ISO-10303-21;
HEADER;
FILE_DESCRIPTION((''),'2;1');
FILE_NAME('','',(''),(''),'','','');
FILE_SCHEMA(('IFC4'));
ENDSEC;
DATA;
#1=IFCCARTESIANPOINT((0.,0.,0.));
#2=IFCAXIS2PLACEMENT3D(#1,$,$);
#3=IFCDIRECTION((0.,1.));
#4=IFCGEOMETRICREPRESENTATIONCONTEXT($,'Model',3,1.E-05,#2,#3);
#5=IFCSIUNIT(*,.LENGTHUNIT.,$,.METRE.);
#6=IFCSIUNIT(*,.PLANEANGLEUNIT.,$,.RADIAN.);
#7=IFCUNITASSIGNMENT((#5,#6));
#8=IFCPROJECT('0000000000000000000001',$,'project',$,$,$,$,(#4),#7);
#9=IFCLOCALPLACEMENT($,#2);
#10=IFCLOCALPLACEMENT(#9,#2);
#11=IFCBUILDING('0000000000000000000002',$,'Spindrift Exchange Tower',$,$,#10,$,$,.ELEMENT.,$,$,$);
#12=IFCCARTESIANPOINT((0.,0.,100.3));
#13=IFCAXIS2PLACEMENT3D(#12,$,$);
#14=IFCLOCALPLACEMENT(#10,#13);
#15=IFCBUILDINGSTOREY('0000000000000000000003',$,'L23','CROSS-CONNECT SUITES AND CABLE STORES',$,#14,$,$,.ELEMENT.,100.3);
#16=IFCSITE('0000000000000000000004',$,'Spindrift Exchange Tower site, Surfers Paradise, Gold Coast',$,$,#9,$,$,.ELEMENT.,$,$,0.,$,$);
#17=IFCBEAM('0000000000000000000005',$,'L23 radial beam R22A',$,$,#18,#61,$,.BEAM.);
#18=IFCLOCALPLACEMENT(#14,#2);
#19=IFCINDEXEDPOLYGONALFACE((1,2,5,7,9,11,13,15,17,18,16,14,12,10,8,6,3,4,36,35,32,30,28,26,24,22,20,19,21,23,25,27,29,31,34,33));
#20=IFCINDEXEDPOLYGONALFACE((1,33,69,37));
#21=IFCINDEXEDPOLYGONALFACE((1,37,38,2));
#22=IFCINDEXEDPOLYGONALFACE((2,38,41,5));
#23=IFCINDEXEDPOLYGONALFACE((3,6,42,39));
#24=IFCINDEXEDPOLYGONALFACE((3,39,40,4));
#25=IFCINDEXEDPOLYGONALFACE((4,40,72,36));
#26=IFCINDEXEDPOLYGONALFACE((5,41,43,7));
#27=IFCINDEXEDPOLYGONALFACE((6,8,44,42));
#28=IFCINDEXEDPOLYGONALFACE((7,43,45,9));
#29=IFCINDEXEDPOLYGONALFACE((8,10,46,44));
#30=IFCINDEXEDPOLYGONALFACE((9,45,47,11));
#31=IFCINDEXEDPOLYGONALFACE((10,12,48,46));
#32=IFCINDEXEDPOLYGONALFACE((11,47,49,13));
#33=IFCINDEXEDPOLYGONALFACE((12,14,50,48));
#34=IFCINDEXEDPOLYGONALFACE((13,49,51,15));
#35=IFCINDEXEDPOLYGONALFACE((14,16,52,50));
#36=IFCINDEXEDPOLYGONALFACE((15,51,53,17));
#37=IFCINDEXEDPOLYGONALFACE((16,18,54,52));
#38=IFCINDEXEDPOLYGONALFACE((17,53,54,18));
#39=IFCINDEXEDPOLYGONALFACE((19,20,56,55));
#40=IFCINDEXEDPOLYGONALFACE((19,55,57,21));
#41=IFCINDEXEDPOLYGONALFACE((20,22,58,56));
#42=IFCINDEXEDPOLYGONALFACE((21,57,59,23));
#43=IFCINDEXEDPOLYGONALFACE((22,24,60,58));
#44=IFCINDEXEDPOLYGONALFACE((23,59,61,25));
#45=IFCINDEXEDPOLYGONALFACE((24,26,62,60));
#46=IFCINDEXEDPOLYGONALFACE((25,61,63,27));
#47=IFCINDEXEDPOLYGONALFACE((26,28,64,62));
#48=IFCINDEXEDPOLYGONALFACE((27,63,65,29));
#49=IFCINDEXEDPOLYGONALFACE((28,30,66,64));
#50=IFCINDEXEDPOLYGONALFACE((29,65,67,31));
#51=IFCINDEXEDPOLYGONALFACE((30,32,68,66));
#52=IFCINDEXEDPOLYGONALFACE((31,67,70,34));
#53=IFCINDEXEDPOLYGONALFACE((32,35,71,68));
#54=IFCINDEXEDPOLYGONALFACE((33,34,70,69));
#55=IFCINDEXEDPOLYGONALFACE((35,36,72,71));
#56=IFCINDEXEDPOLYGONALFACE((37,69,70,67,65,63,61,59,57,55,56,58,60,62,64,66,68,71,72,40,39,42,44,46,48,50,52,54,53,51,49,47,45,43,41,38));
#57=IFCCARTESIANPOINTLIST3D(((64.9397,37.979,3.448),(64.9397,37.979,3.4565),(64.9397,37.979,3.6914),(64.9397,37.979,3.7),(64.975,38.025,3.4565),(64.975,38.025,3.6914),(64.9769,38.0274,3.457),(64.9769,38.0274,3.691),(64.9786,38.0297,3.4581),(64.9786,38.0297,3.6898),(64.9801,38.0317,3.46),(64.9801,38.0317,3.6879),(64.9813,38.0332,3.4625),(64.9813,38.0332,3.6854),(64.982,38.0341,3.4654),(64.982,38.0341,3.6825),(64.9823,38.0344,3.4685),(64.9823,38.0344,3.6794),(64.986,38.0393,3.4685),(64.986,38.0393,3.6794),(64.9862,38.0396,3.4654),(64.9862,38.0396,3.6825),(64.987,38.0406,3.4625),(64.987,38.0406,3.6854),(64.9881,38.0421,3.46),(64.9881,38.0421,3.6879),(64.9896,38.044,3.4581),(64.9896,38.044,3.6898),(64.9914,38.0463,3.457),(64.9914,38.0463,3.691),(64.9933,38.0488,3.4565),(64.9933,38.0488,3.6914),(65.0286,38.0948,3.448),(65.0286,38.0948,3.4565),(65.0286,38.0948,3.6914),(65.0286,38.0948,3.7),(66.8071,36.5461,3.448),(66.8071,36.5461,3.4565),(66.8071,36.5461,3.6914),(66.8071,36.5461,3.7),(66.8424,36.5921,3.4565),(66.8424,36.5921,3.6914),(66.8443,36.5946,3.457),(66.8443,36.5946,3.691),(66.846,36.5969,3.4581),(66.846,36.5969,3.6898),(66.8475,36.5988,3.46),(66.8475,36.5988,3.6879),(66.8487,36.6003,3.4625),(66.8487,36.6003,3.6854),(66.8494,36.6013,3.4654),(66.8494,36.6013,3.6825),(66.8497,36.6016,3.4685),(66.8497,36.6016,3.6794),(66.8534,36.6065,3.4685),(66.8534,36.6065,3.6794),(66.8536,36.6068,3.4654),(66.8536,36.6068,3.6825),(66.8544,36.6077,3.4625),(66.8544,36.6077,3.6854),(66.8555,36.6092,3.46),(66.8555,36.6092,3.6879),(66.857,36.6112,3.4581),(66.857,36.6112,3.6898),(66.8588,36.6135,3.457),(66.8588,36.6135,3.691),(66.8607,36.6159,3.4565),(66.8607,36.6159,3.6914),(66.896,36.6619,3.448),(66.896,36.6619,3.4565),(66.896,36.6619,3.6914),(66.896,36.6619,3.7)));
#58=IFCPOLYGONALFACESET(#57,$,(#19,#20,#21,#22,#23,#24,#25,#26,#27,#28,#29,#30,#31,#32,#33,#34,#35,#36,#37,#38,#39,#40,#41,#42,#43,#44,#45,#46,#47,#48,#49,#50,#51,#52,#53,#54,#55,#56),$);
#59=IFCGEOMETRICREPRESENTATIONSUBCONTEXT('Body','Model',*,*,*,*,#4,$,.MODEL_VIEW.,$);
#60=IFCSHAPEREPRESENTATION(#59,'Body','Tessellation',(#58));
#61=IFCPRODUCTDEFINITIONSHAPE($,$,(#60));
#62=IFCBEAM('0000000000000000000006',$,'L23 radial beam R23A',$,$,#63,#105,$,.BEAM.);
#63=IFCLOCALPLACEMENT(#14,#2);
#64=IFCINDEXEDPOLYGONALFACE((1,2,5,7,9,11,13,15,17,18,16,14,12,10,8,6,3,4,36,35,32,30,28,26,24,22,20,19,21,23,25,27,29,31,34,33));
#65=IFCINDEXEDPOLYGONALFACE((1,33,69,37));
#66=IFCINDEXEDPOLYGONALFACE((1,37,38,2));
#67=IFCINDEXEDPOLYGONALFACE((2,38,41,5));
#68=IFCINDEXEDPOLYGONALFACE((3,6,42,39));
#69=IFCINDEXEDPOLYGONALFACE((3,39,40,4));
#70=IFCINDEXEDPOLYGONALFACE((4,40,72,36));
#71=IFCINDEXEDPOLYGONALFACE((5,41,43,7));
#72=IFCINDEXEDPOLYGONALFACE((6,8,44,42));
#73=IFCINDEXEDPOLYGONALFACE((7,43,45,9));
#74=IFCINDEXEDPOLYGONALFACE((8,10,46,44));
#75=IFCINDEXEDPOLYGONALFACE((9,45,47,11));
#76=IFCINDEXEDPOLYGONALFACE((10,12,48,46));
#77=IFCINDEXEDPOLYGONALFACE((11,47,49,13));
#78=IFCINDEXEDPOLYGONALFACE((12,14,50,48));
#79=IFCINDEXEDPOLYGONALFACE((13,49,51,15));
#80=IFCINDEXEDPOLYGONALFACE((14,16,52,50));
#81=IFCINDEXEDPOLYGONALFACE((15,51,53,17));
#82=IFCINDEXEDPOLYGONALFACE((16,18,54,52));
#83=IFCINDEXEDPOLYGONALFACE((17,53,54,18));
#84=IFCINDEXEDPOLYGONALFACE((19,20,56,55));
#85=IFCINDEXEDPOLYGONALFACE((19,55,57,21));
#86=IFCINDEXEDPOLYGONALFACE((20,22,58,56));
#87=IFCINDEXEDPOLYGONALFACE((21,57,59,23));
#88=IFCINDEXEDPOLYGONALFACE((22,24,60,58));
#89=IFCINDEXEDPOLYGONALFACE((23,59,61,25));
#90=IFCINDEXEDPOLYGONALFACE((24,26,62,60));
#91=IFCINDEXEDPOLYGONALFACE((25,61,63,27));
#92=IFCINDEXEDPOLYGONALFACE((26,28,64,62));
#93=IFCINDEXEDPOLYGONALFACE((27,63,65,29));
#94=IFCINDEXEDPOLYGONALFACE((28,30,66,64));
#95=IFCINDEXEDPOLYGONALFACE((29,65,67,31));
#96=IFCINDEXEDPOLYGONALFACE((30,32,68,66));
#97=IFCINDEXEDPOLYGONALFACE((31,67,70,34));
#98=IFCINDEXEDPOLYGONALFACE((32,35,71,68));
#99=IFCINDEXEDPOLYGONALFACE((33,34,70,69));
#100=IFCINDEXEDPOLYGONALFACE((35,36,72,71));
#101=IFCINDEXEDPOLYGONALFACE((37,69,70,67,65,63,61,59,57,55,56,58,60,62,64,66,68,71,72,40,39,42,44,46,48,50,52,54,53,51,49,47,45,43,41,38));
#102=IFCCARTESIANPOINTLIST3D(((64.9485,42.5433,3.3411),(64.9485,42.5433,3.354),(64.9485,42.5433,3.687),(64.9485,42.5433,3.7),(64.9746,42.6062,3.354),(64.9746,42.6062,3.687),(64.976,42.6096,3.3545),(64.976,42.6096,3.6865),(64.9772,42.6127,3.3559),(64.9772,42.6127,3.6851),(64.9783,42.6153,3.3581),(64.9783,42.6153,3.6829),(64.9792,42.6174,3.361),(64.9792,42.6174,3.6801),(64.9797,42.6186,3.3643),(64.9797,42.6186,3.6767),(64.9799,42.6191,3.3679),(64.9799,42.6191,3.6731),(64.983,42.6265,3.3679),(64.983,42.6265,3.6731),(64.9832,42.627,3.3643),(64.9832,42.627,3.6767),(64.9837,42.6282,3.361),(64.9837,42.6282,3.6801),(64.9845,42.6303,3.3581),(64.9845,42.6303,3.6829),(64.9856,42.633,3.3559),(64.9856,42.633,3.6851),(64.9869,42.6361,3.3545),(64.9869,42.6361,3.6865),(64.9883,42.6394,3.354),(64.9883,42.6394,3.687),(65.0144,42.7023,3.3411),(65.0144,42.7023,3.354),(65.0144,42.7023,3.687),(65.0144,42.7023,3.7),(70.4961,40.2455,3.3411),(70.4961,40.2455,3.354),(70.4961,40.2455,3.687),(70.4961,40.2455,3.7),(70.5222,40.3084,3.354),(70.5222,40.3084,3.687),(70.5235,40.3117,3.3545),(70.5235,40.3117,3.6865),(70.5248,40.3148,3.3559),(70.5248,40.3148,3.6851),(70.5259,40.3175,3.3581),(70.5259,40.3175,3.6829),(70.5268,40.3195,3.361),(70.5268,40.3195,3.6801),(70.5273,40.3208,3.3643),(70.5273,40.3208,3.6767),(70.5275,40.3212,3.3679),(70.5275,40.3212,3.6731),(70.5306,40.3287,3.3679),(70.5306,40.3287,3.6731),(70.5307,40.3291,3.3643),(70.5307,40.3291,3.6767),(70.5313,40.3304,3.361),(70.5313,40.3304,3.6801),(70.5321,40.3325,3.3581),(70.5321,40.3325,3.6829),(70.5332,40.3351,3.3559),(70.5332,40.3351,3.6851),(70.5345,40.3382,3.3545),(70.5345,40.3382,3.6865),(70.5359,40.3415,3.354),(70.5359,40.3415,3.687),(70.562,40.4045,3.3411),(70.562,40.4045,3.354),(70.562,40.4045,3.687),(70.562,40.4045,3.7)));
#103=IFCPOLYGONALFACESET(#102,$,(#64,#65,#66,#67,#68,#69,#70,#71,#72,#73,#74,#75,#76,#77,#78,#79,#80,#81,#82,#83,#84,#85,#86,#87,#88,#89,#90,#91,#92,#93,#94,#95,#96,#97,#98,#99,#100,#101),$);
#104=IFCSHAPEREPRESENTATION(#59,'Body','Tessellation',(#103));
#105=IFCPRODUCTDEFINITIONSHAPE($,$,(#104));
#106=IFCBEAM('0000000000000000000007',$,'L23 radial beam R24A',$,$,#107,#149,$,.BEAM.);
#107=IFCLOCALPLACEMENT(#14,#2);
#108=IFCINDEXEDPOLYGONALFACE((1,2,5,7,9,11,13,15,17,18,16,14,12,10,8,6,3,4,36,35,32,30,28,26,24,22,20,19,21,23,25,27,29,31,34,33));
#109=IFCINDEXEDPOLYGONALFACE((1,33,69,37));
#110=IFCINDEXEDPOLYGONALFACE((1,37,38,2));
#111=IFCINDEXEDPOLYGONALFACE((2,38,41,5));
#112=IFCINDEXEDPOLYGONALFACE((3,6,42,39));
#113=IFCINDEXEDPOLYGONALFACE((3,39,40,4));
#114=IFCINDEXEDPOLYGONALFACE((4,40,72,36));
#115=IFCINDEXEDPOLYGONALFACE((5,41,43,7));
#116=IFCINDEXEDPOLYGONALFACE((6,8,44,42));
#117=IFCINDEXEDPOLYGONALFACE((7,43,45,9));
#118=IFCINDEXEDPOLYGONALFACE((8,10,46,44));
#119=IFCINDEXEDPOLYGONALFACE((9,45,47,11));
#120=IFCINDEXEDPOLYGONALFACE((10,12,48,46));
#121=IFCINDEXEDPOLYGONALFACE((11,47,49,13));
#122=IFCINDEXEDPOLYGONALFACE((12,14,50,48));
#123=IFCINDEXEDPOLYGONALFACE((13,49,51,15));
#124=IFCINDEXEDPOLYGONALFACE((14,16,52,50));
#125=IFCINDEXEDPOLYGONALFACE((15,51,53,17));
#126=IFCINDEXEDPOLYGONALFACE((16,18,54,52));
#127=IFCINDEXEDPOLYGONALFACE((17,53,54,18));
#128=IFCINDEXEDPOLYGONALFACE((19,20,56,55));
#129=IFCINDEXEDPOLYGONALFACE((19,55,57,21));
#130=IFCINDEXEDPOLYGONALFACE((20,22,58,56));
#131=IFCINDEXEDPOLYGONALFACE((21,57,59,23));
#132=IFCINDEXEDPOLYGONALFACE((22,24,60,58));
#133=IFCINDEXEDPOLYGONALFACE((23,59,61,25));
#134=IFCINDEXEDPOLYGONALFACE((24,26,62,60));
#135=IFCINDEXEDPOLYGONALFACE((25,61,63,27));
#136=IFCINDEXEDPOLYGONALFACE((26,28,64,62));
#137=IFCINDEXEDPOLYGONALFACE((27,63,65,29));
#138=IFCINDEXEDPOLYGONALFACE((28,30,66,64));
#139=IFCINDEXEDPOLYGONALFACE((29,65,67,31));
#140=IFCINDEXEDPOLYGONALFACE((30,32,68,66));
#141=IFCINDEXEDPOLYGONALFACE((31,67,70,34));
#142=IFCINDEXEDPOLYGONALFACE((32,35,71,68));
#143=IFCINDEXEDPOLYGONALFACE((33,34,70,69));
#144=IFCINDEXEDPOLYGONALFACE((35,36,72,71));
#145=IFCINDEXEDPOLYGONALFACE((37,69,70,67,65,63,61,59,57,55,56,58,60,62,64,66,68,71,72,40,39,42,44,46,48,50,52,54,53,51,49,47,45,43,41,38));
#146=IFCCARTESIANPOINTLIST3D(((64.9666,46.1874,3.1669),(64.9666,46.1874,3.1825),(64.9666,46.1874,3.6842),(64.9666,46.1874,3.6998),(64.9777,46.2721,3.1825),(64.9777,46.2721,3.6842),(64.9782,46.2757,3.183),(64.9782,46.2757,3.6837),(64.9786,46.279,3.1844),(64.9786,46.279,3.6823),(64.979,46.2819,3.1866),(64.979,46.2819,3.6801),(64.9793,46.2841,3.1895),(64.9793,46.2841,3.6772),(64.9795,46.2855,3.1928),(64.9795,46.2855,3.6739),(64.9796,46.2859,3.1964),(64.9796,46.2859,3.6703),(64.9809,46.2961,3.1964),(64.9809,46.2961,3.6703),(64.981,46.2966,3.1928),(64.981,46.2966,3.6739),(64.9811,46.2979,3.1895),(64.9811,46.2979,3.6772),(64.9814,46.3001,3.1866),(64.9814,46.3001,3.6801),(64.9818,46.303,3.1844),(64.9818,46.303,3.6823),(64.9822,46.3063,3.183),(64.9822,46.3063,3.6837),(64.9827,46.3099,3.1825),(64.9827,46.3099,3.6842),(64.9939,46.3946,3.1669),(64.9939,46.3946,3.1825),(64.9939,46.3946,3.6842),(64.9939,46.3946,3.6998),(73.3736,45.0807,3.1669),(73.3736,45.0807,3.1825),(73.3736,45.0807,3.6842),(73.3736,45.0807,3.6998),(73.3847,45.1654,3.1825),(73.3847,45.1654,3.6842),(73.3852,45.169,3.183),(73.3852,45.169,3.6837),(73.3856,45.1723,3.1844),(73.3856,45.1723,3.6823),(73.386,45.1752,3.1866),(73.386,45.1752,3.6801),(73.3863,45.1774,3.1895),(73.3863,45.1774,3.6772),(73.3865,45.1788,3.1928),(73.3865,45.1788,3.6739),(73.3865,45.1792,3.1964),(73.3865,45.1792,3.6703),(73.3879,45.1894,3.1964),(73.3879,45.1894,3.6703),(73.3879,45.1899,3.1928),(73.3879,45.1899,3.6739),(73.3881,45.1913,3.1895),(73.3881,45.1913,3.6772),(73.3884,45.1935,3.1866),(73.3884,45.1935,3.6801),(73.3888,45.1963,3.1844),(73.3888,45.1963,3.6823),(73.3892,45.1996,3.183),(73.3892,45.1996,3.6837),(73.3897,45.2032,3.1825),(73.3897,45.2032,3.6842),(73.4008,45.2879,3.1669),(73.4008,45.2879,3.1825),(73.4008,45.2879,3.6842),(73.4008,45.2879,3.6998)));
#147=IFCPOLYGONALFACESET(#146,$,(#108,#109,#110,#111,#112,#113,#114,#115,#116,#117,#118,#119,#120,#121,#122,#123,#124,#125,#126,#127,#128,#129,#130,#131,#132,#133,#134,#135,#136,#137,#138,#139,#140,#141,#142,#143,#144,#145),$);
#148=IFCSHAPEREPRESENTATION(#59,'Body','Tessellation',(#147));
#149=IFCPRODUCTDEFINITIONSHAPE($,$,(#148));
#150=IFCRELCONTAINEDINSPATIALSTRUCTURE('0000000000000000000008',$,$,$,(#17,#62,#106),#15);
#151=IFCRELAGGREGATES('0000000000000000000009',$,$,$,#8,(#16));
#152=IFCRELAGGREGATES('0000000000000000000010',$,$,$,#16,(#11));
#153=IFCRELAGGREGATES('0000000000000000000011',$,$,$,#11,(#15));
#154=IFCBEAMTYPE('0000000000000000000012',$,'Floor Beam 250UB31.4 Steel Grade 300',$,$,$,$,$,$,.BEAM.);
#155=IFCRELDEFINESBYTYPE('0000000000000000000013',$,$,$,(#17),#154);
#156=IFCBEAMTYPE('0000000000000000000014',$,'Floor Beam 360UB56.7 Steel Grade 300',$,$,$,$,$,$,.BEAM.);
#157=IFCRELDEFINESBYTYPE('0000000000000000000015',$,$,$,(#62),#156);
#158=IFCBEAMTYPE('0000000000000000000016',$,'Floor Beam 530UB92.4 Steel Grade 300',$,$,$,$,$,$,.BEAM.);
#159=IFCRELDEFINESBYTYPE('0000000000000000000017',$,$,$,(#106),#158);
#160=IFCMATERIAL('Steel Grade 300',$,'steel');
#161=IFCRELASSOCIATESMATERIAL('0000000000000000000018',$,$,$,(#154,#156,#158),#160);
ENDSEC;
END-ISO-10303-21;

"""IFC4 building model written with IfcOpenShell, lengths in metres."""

from ifc_helpers import new_model, si_unit, direction, frame, origin, origin_2d, place, context, subcontext, project, spatial, i_section, extrude, source, transform, mapped, material, material_profile, profile_set, type_object, element, save


model = new_model("IFC4")

# Units and contexts
model_context = context("Model", 3, precision=1e-05, world=origin(), true_north=direction((0.0, 1.0)))
body_context = subcontext(model_context, "Body", "Model", "MODEL_VIEW")
ifc_project = project(units=[si_unit("LENGTHUNIT", "METRE"), si_unit("PLANEANGLEUNIT", "RADIAN")], contexts=[model_context])

# Site, building, storey
site_placement = place(None, origin())
site = spatial("IfcSite", under=ifc_project, at=site_placement, Name="Spindrift Exchange Tower site, Surfers Paradise, Gold Coast", CompositionType="ELEMENT", RefElevation=0.0)
building_placement = place(site_placement, origin())
building = spatial("IfcBuilding", under=site, at=building_placement, Name="Spindrift Exchange Tower", CompositionType="ELEMENT")
storey_placement = place(building_placement, frame((0.0, 0.0, 100.3)))
storey = spatial("IfcBuildingStorey", under=building, at=storey_placement, Name="L23", Description="CROSS-CONNECT SUITES AND CABLE STORES", CompositionType="ELEMENT", Elevation=100.3)

# Beams
ifc_material_1 = material(Name="Steel Grade 300", Category="steel")
ifc_material_profile_1 = material_profile(ifc_material_1, i_section(OverallWidth=0.146, OverallDepth=0.252, WebThickness=0.0061, FlangeThickness=0.0085, FilletRadius=0.012, at=origin_2d()), Name="250UB31.4")
ifc_profile_set_1 = profile_set([ifc_material_profile_1], Name="Steel Grade 300")
beam_type_1 = type_object("IfcBeamType", Name="Floor Beam 250UB31.4 Steel Grade 300", PredefinedType="BEAM", material=ifc_profile_set_1)
shared_shape_1 = source(origin(), body_context, "Body", "SweptSolid", [
    extrude(i_section(OverallWidth=0.146, OverallDepth=0.252, WebThickness=0.0061, FlangeThickness=0.0085, FilletRadius=0.012, at=origin_2d()), origin(), (0.0, 0.0, 1.0), 2.3538),
])
beam_1_placement = place(storey_placement, frame((64.9841, 38.0369, 3.574), z_axis=(0.793368, -0.608743, 0.0), x_axis=(0.608743, 0.793368, 0.0)))
element("IfcBeam", 1, at=beam_1_placement, inside=storey, type_object=beam_type_1, Name="L23 radial beam R22A", PredefinedType="BEAM", context=body_context, shape_type="MappedRepresentation", body=[
    mapped(shared_shape_1, transform((0.0, 0.0, 0.0), scale=1.0)),
])
ifc_material_profile_2 = material_profile(ifc_material_1, i_section(OverallWidth=0.1721, OverallDepth=0.3589, WebThickness=0.0081, FlangeThickness=0.0129, FilletRadius=0.0139, at=origin_2d()), Name="360UB56.7")
ifc_profile_set_2 = profile_set([ifc_material_profile_2], Name="Steel Grade 300")
beam_type_2 = type_object("IfcBeamType", Name="Floor Beam 360UB56.7 Steel Grade 300", PredefinedType="BEAM", material=ifc_profile_set_2)
shared_shape_2 = source(origin(), body_context, "Body", "SweptSolid", [
    extrude(i_section(OverallWidth=0.1721, OverallDepth=0.3589, WebThickness=0.0081, FlangeThickness=0.0129, FilletRadius=0.0139, at=origin_2d()), origin(), (0.0, 0.0, 1.0), 6.0046),
])
beam_2_placement = place(storey_placement, frame((64.9814, 42.6228, 3.5205), z_axis=(0.923882, -0.382677, 0.0), x_axis=(0.382677, 0.923882, 0.0)))
element("IfcBeam", 2, at=beam_2_placement, inside=storey, type_object=beam_type_2, Name="L23 radial beam R23A", PredefinedType="BEAM", context=body_context, shape_type="MappedRepresentation", body=[
    mapped(shared_shape_2, transform((0.0, 0.0, 0.0), scale=1.0)),
])
ifc_material_profile_3 = material_profile(ifc_material_1, i_section(OverallWidth=0.209, OverallDepth=0.533, WebThickness=0.0103, FlangeThickness=0.0156, FilletRadius=0.0139, at=origin_2d()), Name="530UB92.4")
ifc_profile_set_3 = profile_set([ifc_material_profile_3], Name="Steel Grade 300")
beam_type_3 = type_object("IfcBeamType", Name="Floor Beam 530UB92.4 Steel Grade 300", PredefinedType="BEAM", material=ifc_profile_set_3)
shared_shape_3 = source(origin(), body_context, "Body", "SweptSolid", [
    extrude(i_section(OverallWidth=0.209, OverallDepth=0.533, WebThickness=0.0103, FlangeThickness=0.0156, FilletRadius=0.0139, at=origin_2d()), origin(), (0.0, 0.0, 1.0), 8.4795),
])
beam_3_placement = place(storey_placement, frame((64.9802, 46.291, 3.4333), z_axis=(0.991447, -0.130513, 0.0), x_axis=(0.130513, 0.991447, 0.0)))
element("IfcBeam", 3, at=beam_3_placement, inside=storey, type_object=beam_type_3, Name="L23 radial beam R24A", PredefinedType="BEAM", context=body_context, shape_type="MappedRepresentation", body=[
    mapped(shared_shape_3, transform((0.0, 0.0, 0.0), scale=1.0)),
])

save(model, "model.ifc")
